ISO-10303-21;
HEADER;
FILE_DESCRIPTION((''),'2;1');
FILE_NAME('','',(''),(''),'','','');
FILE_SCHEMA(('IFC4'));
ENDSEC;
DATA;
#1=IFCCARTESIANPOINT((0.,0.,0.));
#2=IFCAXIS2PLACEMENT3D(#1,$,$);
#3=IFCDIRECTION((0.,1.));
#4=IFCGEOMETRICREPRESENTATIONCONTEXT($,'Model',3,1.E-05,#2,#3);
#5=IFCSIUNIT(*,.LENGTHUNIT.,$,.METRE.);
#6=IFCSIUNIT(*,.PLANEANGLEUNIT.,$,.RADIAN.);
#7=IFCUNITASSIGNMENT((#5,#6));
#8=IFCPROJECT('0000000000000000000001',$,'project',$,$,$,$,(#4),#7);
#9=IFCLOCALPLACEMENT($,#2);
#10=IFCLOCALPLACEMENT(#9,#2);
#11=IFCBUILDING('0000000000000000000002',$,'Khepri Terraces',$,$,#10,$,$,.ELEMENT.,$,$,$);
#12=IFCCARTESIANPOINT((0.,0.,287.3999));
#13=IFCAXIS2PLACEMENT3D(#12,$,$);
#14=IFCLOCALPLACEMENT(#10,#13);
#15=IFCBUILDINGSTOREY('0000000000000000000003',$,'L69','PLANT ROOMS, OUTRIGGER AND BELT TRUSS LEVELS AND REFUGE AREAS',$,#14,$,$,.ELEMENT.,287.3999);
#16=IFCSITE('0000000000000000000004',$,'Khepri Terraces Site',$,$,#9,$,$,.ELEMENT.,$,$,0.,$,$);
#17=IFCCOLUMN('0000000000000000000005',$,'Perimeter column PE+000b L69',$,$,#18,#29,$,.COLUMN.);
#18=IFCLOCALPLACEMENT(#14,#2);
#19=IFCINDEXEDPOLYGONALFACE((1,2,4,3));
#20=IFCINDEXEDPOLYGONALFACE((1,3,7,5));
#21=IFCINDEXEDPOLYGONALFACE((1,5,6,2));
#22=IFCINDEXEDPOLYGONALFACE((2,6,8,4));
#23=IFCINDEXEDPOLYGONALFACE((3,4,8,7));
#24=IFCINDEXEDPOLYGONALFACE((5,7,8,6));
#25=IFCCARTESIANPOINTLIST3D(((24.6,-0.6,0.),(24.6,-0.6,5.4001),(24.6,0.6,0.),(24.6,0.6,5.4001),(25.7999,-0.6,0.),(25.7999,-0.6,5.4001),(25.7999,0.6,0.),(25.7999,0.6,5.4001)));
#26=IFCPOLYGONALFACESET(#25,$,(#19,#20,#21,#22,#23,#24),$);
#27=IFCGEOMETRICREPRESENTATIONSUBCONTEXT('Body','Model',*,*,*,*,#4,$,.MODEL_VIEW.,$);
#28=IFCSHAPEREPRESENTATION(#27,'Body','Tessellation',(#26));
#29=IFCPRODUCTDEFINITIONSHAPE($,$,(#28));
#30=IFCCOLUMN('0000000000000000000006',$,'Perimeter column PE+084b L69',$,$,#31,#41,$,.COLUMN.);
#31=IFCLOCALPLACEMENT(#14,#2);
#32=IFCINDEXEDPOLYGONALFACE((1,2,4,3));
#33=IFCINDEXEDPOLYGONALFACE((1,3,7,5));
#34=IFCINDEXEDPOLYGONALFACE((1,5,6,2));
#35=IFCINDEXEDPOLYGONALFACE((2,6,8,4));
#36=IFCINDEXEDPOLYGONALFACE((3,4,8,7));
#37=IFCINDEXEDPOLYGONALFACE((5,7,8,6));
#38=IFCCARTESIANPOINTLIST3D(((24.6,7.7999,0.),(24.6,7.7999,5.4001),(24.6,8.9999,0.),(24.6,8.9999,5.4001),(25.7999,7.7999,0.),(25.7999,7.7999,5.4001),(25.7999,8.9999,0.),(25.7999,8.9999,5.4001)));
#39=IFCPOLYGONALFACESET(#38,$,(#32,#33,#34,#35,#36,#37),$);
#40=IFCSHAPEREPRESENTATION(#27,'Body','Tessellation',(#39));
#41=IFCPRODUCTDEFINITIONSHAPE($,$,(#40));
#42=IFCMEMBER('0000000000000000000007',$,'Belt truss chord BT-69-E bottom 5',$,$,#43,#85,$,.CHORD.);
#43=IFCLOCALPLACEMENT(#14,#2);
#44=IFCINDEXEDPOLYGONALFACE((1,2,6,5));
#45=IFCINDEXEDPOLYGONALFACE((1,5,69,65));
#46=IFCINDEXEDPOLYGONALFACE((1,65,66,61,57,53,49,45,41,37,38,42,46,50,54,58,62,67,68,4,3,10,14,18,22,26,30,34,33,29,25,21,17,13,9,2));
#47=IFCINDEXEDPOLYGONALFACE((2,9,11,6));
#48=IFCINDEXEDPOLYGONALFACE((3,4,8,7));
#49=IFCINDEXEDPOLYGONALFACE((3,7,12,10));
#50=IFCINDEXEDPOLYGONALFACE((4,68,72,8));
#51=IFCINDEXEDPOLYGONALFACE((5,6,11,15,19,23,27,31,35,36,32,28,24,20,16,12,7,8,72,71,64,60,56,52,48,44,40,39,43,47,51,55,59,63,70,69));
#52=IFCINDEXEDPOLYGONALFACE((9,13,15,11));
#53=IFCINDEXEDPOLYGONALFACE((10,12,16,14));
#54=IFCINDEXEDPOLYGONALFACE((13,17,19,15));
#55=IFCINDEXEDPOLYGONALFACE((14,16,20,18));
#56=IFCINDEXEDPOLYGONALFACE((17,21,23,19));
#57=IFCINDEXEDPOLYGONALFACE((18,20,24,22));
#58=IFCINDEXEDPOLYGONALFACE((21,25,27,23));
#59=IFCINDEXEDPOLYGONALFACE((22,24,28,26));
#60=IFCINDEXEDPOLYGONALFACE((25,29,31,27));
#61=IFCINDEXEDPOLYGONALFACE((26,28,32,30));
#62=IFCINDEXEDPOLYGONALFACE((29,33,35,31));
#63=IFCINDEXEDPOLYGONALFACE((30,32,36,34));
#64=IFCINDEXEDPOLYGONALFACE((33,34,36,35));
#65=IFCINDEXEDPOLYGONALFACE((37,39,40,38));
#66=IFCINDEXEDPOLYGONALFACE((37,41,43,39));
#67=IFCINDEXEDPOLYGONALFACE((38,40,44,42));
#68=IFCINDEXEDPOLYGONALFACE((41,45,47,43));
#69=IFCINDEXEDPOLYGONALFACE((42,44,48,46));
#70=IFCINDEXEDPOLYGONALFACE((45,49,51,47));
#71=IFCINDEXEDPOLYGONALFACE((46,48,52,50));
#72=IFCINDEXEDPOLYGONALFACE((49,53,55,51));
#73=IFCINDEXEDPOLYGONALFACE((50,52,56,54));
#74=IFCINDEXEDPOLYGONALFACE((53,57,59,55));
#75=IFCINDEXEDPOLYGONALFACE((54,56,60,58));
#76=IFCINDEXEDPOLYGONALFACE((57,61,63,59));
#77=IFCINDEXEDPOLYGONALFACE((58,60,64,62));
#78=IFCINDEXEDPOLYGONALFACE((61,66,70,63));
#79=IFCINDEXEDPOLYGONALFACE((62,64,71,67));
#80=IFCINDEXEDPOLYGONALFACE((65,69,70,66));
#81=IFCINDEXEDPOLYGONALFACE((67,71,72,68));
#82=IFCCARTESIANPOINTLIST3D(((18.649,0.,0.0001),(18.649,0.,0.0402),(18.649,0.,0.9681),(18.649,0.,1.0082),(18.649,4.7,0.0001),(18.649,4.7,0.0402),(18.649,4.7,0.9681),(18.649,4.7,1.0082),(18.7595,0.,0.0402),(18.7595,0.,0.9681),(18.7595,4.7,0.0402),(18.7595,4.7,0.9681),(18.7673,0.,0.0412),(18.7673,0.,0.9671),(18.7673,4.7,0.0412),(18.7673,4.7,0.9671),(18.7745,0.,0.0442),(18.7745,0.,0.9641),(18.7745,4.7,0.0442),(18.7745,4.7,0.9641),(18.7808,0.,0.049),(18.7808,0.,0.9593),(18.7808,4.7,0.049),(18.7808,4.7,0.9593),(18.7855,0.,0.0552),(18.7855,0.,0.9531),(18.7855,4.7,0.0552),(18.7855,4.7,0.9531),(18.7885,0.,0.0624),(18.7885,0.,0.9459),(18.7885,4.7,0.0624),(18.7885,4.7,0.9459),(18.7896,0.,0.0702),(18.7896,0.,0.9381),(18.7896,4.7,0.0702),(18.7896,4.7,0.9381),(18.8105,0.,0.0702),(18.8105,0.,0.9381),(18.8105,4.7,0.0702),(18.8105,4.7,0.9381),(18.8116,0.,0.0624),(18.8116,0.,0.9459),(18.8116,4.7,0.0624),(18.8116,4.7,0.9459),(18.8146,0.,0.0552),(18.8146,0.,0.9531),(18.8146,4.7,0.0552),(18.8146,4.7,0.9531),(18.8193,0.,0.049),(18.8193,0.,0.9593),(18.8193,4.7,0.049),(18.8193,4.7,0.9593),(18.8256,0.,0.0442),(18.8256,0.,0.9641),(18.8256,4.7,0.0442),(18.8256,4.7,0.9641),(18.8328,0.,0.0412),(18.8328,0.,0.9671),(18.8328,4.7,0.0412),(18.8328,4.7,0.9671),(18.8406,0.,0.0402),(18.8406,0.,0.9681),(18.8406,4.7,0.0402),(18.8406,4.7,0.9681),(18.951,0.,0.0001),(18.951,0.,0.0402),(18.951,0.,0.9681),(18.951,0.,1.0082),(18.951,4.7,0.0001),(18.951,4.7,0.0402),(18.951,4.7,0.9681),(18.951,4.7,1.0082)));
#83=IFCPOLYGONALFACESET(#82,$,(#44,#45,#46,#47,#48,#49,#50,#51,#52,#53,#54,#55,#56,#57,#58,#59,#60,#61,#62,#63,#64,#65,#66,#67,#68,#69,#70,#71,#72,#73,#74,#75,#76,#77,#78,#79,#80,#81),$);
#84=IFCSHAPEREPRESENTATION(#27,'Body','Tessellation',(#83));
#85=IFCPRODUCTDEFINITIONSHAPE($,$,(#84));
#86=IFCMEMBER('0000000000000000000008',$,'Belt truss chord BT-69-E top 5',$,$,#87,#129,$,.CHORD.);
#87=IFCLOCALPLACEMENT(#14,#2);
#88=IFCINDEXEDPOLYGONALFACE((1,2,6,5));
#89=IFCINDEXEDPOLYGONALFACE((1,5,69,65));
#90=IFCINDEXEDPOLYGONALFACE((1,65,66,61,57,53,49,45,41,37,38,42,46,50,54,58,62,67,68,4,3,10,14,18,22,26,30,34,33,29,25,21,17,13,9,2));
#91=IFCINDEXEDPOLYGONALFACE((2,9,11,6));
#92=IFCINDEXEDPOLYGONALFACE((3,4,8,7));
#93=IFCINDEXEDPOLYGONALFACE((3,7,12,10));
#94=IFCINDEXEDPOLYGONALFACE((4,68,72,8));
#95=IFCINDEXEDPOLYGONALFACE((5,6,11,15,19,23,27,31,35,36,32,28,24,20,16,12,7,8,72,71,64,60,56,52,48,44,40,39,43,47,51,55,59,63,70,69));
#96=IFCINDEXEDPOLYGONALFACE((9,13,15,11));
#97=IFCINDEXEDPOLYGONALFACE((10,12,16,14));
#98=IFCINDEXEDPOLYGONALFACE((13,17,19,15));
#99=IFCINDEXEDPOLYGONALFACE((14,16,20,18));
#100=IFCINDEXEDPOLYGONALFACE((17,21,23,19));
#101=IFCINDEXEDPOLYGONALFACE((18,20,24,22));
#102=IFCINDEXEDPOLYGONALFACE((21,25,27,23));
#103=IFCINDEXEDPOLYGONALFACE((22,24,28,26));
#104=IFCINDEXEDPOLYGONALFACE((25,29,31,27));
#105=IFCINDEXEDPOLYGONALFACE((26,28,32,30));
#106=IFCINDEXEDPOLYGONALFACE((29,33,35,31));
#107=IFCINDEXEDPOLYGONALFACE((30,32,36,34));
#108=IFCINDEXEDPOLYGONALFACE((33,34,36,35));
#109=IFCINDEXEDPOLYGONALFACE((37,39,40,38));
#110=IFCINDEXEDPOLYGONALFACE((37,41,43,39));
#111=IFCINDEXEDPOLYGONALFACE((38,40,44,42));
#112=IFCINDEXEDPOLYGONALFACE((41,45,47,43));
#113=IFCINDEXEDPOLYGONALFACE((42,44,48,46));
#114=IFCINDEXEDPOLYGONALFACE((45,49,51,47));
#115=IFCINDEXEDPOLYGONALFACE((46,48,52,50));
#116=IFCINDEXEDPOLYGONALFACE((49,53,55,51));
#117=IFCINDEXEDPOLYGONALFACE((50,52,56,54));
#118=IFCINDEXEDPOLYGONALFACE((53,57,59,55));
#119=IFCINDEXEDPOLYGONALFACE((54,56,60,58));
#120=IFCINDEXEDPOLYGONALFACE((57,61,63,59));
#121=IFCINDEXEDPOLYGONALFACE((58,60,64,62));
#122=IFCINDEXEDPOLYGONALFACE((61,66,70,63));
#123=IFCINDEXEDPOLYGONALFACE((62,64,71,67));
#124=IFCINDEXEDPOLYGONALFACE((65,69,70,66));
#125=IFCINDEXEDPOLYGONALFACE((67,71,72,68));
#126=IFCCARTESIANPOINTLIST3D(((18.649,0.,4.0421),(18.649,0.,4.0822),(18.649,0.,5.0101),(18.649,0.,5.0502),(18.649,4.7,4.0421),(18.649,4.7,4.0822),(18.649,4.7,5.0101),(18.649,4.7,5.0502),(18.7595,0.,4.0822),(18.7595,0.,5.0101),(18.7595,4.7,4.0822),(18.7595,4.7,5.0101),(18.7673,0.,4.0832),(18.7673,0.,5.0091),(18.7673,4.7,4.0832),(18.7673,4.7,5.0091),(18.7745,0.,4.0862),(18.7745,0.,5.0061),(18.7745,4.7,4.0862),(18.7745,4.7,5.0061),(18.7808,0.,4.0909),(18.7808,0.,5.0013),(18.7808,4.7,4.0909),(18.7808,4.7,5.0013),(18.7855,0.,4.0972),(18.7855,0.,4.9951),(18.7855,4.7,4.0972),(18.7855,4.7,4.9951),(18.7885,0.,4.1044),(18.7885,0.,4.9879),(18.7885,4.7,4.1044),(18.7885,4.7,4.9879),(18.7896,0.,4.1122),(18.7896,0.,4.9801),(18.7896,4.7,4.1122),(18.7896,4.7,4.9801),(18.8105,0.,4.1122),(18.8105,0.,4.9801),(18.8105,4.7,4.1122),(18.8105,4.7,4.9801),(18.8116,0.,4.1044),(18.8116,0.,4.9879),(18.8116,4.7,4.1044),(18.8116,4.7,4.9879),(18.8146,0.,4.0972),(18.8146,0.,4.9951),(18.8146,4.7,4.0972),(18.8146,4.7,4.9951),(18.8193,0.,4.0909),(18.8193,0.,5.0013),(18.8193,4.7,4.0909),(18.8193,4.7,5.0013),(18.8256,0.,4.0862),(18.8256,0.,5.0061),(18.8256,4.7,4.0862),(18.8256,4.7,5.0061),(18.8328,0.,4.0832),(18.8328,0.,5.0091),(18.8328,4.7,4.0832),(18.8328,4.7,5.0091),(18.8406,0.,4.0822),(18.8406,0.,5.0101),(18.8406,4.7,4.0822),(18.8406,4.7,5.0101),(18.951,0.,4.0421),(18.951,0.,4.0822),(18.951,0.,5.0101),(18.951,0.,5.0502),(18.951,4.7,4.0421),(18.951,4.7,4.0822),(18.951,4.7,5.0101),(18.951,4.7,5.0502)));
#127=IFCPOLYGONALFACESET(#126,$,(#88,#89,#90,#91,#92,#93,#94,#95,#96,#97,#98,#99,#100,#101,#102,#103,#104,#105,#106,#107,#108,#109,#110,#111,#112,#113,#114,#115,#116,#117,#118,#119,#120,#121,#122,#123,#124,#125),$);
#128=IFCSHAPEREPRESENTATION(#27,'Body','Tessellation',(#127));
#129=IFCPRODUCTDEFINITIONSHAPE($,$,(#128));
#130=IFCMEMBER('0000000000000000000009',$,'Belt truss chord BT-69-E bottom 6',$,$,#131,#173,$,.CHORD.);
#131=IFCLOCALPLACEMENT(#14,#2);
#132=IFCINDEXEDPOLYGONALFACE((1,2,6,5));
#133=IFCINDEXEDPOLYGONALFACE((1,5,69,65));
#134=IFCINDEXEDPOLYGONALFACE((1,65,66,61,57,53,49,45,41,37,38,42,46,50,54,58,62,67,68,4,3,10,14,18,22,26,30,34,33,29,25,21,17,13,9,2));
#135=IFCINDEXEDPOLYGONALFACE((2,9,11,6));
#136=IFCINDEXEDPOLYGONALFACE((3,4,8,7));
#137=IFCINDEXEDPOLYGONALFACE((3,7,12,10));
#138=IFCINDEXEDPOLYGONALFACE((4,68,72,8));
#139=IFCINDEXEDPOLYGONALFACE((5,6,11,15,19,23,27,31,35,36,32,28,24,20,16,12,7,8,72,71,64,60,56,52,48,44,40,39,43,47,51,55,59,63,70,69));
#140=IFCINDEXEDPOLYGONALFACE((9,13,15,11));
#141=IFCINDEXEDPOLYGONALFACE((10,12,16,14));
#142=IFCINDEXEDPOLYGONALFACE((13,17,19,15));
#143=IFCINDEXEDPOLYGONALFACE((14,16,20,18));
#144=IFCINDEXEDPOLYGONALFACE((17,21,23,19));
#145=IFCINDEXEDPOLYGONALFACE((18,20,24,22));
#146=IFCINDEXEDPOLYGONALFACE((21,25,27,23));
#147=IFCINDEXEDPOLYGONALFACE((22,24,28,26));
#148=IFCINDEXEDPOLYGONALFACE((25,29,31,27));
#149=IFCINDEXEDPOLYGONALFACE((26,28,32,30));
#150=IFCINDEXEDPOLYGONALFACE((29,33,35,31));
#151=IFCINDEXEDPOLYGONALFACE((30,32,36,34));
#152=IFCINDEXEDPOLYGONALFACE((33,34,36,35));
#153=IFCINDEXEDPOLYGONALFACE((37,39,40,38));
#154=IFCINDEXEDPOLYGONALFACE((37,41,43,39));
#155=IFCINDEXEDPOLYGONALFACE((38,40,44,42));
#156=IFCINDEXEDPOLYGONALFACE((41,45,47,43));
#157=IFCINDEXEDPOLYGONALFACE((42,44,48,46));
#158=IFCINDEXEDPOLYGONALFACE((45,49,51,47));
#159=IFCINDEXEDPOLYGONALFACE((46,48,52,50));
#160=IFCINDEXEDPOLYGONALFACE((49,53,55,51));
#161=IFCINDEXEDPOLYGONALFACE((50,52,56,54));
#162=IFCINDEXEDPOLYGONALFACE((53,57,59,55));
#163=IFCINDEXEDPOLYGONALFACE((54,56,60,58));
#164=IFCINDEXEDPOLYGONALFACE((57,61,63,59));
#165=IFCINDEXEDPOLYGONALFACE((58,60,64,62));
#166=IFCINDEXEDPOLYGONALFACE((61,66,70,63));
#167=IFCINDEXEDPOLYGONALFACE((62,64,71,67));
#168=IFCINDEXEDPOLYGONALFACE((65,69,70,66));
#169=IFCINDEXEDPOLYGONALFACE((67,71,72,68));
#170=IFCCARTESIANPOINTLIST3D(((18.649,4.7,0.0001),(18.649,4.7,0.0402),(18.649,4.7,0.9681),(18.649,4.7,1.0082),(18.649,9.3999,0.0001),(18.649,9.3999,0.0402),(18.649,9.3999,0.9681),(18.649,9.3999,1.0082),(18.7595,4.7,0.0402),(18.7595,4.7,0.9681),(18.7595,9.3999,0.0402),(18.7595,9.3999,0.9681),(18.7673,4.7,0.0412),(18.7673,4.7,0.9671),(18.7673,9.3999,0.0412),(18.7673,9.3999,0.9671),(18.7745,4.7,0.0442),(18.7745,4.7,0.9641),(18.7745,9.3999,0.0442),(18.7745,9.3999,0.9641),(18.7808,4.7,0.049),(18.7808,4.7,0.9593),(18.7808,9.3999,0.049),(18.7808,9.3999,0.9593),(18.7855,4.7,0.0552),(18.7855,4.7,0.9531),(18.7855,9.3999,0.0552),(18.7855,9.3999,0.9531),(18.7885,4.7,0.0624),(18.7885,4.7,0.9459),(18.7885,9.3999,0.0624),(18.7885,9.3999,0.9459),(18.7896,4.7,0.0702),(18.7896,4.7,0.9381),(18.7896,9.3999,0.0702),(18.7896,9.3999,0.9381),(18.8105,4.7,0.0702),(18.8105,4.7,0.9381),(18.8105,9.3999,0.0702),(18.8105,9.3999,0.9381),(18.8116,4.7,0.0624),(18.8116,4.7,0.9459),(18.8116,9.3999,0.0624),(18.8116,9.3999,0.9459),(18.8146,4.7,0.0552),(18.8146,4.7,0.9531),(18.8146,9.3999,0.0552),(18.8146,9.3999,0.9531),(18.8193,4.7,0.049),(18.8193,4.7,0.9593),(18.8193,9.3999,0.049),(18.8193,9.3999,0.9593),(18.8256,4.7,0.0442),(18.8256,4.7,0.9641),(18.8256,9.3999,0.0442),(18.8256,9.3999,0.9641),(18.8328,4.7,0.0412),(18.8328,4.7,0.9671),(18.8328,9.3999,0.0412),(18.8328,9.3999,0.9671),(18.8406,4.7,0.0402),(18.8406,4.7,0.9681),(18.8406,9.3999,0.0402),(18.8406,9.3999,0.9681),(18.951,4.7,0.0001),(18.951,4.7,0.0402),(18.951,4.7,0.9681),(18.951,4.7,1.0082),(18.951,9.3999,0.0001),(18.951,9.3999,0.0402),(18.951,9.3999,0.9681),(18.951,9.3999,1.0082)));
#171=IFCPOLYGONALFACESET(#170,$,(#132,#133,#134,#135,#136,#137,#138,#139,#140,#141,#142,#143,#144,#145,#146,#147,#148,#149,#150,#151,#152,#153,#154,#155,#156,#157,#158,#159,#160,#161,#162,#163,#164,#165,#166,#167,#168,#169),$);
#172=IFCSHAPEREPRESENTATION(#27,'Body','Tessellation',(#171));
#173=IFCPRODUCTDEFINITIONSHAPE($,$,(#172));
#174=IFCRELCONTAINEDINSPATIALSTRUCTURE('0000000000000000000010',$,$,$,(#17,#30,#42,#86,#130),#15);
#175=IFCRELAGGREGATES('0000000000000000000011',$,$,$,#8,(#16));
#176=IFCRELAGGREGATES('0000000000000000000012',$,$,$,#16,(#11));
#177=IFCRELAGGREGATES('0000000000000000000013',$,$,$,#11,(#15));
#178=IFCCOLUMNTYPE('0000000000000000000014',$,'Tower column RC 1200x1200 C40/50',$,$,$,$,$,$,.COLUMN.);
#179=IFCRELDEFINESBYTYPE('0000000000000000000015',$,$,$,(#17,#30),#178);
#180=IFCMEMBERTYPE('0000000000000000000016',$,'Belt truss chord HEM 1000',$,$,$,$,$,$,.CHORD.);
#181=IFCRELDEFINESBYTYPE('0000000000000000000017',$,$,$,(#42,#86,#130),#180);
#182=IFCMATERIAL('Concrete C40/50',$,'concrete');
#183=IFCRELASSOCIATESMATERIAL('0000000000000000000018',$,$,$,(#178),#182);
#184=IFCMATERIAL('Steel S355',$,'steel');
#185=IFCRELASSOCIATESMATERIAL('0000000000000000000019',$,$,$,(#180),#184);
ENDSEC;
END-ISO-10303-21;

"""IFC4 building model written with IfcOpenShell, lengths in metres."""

from ifc_helpers import new_model, si_unit, direction, frame, origin, origin_2d, place, context, subcontext, project, spatial, rectangle, i_section, extrude, material, material_profile, profile_set, type_object, element, save


model = new_model("IFC4")

# Units and contexts
model_context = context("Model", 3, precision=1e-05, world=origin(), true_north=direction((0.0, 1.0)))
body_context = subcontext(model_context, "Body", "Model", "MODEL_VIEW")
ifc_project = project(units=[si_unit("LENGTHUNIT", "METRE"), si_unit("PLANEANGLEUNIT", "RADIAN")], contexts=[model_context])

# Site, building, storey
site_placement = place(None, origin())
site = spatial("IfcSite", under=ifc_project, at=site_placement, Name="Khepri Terraces Site", CompositionType="ELEMENT", RefElevation=0.0)
building_placement = place(site_placement, origin())
building = spatial("IfcBuilding", under=site, at=building_placement, Name="Khepri Terraces", CompositionType="ELEMENT")
storey_placement = place(building_placement, frame((0.0, 0.0, 287.3999)))
storey = spatial("IfcBuildingStorey", under=building, at=storey_placement, Name="L69", Description="PLANT ROOMS, OUTRIGGER AND BELT TRUSS LEVELS AND REFUGE AREAS", CompositionType="ELEMENT", Elevation=287.3999)

# Columns
ifc_material_1 = material(Name="Concrete C40/50", Category="concrete")
ifc_material_profile_1 = material_profile(ifc_material_1, rectangle(XDim=1.2, YDim=1.2, at=origin_2d()), Name="Concrete C40/50", Category="concrete")
ifc_profile_set_1 = profile_set([ifc_material_profile_1], Name="Concrete C40/50")
column_type = type_object("IfcColumnType", Name="Tower column RC 1200x1200 C40/50", PredefinedType="COLUMN", material=ifc_profile_set_1)
for number, where, z_axis, x_axis, name in (
    (1, (25.2, 0.0, 0.0), (0.0, 0.0, 1.0), (1.0, 0.0, 0.0), "Perimeter column PE+000b L69"),
    (2, (25.2, 8.3999, 0.0), (0.0, 0.0, 1.0), (1.0, 0.0, 0.0), "Perimeter column PE+084b L69"),
):
    element("IfcColumn", number, at=place(storey_placement, frame(where, z_axis=z_axis, x_axis=x_axis)), inside=storey, type_object=column_type, Name=name, PredefinedType="COLUMN", context=body_context, shape_type="SweptSolid", body=[
        extrude(rectangle(XDim=1.2, YDim=1.2, at=origin_2d()), origin(), (0.0, 0.0, 1.0), 5.4001),
    ])

# Members
ifc_material_2 = material(Name="Steel S355", Category="steel")
ifc_material_profile_2 = material_profile(ifc_material_2, i_section(OverallWidth=0.302, OverallDepth=1.0081, WebThickness=0.021, FlangeThickness=0.04, FilletRadius=0.03, at=origin_2d()), Name="Steel S355", Category="steel")
ifc_profile_set_2 = profile_set([ifc_material_profile_2], Name="Steel S355")
member_type_1 = type_object("IfcMemberType", Name="Belt truss chord HEM 1000", PredefinedType="CHORD", material=ifc_profile_set_2)
for number, where, z_axis, x_axis, name in (
    (3, (18.8, 0.0, 0.5042), (0.0, 1.0, 0.0), (-1.0, 0.0, 0.0), "Belt truss chord BT-69-E bottom 5"),
    (4, (18.8, 0.0, 4.5461), (0.0, 1.0, 0.0), (-1.0, 0.0, 0.0), "Belt truss chord BT-69-E top 5"),
    (5, (18.8, 4.7, 0.5042), (0.0, 1.0, 0.0), (-1.0, 0.0, 0.0), "Belt truss chord BT-69-E bottom 6"),
):
    element("IfcMember", number, at=place(storey_placement, frame(where, z_axis=z_axis, x_axis=x_axis)), inside=storey, type_object=member_type_1, Name=name, PredefinedType="CHORD", context=body_context, shape_type="SweptSolid", body=[
        extrude(i_section(OverallWidth=0.302, OverallDepth=1.0081, WebThickness=0.021, FlangeThickness=0.04, FilletRadius=0.03, at=origin_2d()), origin(), (0.0, 0.0, 1.0), 4.7),
    ])

save(model, "model.ifc")
